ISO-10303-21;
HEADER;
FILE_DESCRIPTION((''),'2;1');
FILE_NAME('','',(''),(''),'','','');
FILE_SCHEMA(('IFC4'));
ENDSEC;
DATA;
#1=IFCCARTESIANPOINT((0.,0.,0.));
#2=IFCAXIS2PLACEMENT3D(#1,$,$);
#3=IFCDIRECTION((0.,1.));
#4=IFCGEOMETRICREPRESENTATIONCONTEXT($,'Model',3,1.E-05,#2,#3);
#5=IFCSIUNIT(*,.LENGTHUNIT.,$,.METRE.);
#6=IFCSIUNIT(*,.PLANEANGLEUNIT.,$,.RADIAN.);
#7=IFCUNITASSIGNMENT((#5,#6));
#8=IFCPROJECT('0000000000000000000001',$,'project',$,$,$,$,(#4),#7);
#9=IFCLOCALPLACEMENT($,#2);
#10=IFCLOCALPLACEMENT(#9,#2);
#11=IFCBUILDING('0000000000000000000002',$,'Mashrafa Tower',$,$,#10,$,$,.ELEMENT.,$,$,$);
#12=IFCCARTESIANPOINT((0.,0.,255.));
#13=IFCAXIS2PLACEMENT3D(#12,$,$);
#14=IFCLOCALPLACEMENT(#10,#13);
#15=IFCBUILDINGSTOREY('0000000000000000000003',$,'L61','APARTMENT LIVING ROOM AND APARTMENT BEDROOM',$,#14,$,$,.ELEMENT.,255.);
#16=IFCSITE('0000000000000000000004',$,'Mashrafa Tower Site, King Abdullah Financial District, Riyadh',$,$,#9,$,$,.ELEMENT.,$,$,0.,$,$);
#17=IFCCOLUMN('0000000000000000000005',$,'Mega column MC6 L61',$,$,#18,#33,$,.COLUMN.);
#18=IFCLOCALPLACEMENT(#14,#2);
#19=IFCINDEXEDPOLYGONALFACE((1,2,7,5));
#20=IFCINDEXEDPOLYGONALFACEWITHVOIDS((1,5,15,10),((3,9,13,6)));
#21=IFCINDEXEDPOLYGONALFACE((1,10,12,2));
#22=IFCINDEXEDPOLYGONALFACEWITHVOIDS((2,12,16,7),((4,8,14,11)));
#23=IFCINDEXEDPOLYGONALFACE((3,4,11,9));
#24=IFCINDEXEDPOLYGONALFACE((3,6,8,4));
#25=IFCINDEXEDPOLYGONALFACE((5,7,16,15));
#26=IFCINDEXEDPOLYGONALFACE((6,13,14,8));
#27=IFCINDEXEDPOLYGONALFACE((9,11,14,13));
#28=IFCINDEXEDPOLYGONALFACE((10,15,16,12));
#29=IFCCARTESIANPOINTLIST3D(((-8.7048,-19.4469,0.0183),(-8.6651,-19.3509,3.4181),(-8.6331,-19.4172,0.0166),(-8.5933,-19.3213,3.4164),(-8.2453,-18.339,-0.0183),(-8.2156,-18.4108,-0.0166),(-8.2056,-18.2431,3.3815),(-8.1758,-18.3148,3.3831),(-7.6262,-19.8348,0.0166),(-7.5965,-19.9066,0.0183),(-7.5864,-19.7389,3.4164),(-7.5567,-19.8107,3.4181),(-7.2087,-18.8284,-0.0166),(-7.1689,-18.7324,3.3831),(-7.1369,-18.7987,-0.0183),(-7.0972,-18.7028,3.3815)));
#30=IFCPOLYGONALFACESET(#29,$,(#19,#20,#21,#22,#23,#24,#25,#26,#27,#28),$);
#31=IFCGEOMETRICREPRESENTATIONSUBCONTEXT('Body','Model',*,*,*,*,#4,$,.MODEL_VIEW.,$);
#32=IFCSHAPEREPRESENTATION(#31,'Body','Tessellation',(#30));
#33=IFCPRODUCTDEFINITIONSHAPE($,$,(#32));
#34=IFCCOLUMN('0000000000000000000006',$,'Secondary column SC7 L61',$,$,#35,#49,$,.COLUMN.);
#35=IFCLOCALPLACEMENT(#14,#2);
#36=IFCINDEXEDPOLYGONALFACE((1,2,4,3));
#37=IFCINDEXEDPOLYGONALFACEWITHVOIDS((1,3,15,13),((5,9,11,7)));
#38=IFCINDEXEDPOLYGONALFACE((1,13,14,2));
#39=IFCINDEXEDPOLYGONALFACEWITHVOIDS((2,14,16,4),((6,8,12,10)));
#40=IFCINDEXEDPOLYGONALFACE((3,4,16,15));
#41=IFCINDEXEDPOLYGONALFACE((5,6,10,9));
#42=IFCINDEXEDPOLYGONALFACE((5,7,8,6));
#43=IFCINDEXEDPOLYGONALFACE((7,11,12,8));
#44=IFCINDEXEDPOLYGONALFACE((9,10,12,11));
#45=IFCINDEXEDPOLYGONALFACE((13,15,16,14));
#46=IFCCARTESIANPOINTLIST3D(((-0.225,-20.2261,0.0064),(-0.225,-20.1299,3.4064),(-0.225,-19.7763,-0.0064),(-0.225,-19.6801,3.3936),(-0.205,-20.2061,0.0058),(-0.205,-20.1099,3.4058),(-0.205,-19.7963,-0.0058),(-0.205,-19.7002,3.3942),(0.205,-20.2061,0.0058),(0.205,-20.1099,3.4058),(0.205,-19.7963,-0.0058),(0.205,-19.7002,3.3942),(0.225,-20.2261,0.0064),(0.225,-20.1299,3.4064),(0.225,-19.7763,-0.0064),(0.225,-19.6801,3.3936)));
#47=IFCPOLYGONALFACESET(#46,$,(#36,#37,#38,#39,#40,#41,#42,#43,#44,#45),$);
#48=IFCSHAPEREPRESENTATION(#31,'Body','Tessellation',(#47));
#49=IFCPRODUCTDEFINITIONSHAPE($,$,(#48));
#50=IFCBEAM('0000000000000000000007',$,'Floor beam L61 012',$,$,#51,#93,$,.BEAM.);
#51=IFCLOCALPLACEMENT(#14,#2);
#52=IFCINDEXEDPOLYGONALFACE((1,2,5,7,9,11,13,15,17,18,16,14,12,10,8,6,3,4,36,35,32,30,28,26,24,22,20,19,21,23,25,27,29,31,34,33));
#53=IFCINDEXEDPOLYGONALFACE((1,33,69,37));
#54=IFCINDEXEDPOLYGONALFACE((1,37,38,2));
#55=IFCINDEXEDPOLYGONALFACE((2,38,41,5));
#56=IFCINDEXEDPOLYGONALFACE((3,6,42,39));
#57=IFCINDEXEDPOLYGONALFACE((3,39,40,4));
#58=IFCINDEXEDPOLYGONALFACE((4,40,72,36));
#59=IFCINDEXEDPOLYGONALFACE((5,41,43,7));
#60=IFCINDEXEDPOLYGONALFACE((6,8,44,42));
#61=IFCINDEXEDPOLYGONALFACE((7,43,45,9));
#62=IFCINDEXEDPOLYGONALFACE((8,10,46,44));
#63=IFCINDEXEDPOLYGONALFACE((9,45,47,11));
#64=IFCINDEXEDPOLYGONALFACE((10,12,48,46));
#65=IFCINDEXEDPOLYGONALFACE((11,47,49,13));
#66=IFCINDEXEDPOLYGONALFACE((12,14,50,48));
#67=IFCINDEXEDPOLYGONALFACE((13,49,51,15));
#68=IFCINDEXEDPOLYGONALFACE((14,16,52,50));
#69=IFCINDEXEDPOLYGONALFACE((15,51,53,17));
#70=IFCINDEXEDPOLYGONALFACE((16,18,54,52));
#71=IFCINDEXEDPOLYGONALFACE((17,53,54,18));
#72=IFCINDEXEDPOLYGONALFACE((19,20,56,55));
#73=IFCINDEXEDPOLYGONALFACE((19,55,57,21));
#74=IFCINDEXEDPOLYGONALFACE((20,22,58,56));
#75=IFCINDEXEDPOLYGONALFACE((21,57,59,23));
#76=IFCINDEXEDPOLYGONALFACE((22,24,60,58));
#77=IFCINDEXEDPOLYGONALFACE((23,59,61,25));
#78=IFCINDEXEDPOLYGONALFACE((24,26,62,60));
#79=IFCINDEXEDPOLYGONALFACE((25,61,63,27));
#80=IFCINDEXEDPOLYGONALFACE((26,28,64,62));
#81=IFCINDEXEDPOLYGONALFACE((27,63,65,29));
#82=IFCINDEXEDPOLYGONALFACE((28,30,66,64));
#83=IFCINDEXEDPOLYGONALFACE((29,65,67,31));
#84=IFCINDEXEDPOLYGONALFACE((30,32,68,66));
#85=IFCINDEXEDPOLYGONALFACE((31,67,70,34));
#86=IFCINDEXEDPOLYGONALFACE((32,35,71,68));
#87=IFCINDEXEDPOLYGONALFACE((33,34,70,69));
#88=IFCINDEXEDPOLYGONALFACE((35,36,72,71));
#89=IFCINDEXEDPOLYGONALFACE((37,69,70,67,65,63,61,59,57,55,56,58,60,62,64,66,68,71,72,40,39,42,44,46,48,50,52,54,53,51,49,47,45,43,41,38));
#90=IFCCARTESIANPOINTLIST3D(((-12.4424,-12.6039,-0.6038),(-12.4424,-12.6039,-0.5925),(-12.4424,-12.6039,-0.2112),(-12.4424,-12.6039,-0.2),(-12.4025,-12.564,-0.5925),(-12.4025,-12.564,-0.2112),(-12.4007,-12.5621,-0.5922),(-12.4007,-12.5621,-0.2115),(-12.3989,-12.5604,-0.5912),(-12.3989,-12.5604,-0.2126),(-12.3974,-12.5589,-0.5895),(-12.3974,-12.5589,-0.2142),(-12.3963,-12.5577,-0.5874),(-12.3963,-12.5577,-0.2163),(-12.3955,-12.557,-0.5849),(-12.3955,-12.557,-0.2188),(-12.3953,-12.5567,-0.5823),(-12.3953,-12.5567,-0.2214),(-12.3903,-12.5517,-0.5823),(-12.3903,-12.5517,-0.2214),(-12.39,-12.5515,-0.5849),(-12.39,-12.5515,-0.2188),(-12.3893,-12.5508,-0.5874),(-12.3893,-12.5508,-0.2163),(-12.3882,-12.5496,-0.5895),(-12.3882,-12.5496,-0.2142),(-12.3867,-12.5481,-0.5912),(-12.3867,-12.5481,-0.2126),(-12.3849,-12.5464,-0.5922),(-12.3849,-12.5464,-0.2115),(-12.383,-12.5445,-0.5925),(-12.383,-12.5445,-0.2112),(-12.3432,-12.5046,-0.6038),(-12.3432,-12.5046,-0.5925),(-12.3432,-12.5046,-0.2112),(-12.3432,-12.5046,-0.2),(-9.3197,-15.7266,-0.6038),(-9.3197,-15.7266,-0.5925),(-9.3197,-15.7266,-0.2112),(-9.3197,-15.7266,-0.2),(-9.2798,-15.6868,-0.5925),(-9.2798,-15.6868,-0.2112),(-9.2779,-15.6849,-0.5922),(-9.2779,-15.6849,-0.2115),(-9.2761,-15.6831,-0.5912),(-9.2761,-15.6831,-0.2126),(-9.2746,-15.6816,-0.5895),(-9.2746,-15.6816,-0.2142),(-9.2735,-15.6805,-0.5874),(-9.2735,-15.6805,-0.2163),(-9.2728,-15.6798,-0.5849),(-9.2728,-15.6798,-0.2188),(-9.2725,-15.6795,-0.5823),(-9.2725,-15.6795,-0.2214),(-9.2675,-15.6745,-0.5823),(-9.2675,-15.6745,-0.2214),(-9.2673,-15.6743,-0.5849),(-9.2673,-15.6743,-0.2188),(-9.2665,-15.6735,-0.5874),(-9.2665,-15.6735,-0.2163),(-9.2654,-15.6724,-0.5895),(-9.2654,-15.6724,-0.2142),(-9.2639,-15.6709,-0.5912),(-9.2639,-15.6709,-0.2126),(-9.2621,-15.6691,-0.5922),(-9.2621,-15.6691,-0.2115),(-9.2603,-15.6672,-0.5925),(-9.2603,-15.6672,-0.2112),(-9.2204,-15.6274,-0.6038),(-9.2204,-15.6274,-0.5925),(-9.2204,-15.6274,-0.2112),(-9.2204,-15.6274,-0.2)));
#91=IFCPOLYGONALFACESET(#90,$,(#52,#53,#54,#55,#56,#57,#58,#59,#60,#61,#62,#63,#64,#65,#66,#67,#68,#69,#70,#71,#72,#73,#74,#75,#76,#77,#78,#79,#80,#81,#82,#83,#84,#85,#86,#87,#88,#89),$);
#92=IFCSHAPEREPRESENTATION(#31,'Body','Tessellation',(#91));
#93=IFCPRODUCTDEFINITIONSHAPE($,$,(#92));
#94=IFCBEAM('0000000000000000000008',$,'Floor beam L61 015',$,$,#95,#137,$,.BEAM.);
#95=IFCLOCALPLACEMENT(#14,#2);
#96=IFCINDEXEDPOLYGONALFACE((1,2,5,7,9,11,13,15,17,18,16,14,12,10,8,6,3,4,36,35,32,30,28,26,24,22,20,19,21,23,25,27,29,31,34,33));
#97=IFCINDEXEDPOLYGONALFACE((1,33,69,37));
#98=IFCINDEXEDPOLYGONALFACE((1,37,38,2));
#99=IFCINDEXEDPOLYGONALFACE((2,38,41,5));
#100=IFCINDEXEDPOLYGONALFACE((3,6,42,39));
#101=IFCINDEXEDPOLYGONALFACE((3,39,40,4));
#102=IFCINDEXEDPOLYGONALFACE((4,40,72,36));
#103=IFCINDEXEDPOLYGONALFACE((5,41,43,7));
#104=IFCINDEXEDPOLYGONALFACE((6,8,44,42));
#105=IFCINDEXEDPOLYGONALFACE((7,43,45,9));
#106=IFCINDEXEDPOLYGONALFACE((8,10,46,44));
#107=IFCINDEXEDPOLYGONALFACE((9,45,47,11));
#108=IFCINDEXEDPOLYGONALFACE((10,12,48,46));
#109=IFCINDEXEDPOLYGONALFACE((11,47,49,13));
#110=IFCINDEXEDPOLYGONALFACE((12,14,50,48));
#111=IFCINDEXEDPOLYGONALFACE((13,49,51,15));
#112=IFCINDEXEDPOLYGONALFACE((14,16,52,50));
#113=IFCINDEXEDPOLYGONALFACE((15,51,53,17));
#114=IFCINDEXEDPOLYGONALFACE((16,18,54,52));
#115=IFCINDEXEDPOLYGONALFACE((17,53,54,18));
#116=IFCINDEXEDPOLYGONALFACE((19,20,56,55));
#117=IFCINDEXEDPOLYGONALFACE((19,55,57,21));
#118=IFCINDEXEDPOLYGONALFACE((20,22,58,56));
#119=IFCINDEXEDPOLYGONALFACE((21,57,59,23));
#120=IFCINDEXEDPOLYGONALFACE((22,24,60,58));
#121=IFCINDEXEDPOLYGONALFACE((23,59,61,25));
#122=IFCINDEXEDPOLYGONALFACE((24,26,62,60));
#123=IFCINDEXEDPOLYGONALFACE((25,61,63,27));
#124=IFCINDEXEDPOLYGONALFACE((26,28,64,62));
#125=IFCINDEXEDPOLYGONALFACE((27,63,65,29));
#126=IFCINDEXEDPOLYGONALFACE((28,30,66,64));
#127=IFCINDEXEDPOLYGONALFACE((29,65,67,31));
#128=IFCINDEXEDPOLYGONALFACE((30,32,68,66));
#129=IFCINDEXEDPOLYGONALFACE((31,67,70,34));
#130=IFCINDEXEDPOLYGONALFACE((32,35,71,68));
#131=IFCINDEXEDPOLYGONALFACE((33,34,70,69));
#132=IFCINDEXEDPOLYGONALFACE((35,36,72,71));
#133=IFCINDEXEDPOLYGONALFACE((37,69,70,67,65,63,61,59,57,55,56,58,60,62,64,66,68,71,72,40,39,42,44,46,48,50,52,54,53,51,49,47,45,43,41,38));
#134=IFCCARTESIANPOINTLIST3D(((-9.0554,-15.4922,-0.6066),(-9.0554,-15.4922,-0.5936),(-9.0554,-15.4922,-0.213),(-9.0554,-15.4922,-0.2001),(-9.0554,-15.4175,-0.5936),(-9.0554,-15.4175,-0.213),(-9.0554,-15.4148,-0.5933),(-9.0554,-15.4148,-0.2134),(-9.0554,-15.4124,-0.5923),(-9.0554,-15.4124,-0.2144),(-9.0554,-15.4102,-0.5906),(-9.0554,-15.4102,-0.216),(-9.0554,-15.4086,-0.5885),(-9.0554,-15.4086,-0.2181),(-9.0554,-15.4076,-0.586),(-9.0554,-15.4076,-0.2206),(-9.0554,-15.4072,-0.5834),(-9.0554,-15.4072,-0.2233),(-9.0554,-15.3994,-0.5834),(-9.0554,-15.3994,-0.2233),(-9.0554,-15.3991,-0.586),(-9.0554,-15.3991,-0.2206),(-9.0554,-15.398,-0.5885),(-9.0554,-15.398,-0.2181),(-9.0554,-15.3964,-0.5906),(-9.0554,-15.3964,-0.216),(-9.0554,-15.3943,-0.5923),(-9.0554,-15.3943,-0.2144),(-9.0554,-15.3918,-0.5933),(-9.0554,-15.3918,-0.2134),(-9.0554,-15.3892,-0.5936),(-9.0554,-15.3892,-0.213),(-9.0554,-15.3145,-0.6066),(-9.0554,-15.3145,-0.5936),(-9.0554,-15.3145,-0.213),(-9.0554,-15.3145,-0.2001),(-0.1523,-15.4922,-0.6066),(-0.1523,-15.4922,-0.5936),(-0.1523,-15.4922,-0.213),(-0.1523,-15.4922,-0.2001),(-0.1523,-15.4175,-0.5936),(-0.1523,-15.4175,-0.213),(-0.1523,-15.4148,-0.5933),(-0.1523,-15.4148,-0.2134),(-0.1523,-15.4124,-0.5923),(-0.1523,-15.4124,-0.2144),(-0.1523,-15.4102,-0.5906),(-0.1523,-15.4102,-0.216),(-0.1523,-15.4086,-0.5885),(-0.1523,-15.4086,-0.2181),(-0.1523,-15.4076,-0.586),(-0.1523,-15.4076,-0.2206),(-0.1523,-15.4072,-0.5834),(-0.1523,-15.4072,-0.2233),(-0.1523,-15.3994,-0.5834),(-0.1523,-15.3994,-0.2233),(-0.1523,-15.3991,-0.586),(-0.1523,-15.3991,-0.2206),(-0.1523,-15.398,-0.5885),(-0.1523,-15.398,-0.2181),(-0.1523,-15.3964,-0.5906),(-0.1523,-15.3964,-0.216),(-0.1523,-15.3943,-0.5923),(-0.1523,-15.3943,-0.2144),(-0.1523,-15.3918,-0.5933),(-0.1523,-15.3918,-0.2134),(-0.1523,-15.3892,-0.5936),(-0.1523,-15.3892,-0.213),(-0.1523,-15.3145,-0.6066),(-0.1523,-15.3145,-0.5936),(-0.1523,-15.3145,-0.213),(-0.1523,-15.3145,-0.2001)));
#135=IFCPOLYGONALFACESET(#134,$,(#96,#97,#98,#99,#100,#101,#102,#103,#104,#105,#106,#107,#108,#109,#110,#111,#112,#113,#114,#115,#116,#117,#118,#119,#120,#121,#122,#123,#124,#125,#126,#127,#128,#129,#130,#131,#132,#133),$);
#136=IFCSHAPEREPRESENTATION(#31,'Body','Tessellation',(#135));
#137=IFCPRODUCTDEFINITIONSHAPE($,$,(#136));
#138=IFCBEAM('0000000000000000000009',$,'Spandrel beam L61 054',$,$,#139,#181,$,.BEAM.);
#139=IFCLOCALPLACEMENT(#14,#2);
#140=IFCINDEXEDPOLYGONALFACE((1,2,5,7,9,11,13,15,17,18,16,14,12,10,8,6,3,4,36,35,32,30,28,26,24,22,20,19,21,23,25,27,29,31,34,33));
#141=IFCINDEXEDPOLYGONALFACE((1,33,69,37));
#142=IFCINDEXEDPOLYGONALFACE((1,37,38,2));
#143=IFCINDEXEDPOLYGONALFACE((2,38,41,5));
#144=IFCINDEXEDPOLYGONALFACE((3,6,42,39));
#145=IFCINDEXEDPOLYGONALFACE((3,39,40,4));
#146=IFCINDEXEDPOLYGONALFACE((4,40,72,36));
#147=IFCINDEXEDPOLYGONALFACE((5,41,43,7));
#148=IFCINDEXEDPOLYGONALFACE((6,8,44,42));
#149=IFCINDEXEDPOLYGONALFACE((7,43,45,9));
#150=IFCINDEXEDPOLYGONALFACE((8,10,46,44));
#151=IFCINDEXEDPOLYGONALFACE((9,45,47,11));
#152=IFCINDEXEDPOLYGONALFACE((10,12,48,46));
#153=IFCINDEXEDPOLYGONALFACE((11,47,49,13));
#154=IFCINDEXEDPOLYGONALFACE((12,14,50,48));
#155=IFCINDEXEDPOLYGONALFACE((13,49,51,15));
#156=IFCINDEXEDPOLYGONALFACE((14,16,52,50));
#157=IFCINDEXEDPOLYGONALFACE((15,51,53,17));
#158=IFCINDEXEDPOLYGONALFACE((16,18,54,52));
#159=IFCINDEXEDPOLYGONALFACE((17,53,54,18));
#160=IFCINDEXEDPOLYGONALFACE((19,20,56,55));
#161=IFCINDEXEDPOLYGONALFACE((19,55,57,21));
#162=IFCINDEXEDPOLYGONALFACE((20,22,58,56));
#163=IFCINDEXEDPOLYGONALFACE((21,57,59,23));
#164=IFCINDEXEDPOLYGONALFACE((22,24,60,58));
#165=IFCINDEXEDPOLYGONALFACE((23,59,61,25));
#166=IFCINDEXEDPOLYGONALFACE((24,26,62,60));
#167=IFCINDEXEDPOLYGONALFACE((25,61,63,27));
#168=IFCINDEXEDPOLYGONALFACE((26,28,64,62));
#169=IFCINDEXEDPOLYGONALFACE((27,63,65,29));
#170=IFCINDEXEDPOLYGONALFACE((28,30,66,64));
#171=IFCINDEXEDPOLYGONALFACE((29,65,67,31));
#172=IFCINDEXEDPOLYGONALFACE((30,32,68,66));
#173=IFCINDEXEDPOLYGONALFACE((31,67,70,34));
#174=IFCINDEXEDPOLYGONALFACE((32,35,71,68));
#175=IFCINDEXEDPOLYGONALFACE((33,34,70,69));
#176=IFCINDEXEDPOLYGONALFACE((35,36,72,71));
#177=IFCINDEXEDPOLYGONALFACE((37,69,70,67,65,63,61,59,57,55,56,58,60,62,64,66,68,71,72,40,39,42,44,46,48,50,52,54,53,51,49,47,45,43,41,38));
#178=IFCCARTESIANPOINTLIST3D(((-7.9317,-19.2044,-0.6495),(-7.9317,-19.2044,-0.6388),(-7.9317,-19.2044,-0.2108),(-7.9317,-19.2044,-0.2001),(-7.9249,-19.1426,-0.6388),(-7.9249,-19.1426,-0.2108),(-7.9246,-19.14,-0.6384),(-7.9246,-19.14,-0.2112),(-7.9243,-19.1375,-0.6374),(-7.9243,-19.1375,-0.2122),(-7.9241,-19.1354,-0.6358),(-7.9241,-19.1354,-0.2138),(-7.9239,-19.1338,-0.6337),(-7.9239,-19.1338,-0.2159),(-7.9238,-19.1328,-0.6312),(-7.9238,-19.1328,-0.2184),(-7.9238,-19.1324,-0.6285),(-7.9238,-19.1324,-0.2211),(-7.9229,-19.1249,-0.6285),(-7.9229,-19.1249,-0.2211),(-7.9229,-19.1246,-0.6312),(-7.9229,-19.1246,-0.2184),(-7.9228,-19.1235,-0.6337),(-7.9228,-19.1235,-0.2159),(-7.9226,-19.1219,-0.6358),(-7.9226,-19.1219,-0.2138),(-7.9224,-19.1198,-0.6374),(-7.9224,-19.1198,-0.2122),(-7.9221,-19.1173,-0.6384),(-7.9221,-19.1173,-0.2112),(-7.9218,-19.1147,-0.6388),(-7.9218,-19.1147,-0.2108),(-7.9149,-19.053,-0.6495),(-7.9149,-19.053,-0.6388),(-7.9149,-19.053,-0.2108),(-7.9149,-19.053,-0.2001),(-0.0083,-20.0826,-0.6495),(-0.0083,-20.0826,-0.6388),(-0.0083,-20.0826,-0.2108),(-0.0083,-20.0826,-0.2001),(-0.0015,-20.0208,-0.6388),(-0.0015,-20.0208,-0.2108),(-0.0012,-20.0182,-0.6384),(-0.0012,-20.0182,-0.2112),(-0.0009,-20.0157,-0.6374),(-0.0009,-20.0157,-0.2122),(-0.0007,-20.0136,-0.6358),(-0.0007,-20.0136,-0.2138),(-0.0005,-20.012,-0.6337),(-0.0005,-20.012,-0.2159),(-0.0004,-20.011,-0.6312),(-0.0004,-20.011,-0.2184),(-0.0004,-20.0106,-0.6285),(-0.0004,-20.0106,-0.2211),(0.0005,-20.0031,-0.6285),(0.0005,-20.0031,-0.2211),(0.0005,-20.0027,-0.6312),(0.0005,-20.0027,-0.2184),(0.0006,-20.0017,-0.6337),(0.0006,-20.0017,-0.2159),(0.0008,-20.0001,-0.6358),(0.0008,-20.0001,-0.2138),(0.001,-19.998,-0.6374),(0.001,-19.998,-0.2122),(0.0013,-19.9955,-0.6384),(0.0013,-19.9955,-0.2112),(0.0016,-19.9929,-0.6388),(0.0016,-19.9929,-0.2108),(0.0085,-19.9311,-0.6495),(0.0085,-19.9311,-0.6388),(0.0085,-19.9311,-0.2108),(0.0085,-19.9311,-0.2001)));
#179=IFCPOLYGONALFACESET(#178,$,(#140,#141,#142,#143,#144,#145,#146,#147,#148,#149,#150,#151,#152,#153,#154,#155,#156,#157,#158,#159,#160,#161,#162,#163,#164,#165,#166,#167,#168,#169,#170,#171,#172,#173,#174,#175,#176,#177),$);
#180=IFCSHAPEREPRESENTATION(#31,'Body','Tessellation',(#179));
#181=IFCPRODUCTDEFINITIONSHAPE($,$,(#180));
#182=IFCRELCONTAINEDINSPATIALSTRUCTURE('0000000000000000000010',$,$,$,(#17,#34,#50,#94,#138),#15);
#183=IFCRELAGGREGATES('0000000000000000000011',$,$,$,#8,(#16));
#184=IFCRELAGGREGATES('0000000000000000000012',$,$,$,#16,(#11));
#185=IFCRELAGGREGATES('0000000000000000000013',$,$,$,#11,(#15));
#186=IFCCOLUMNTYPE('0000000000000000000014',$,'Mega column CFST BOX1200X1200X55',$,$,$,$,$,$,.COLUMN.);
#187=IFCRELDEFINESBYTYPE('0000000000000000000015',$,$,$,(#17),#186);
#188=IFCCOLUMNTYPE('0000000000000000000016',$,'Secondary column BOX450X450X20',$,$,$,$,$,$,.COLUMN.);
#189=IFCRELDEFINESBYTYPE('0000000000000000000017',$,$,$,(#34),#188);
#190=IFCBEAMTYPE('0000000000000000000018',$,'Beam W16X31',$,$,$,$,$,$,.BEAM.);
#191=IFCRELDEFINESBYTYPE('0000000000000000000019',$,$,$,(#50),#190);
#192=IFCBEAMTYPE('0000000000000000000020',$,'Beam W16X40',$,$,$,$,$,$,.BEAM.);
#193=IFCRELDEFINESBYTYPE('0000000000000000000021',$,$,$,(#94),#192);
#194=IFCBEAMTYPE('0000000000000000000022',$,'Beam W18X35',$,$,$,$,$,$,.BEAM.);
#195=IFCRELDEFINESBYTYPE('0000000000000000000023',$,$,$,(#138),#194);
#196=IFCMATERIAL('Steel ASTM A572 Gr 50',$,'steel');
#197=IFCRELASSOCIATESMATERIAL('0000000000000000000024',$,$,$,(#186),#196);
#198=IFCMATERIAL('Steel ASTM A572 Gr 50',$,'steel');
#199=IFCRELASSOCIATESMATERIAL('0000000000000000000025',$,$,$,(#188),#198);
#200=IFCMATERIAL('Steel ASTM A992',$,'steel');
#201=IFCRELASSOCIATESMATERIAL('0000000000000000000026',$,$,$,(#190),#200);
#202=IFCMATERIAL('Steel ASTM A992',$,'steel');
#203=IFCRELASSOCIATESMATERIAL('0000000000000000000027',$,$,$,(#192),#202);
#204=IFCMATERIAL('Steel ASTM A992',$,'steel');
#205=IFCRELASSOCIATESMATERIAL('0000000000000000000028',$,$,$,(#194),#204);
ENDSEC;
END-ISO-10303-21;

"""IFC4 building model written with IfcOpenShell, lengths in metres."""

from ifc_helpers import new_model, si_unit, direction, frame, origin, origin_2d, place, context, subcontext, project, spatial, hollow_rectangle, i_section, extrude, material, material_profile, profile_set, type_object, element, save


model = new_model("IFC4")

# Units and contexts
model_context = context("Model", 3, precision=1e-05, world=origin(), true_north=direction((0.0, 1.0)))
body_context = subcontext(model_context, "Body", "Model", "MODEL_VIEW")
ifc_project = project(units=[si_unit("LENGTHUNIT", "METRE"), si_unit("PLANEANGLEUNIT", "RADIAN")], contexts=[model_context])

# Site, building, storey
site_placement = place(None, origin())
site = spatial("IfcSite", under=ifc_project, at=site_placement, Name="Mashrafa Tower Site, King Abdullah Financial District, Riyadh", CompositionType="ELEMENT", RefElevation=0.0)
building_placement = place(site_placement, origin())
building = spatial("IfcBuilding", under=site, at=building_placement, Name="Mashrafa Tower", CompositionType="ELEMENT")
storey_placement = place(building_placement, frame((0.0, 0.0, 255.0)))
storey = spatial("IfcBuildingStorey", under=building, at=storey_placement, Name="L61", Description="APARTMENT LIVING ROOM AND APARTMENT BEDROOM", CompositionType="ELEMENT", Elevation=255.0)

# Columns
ifc_material_1 = material(Name="Steel ASTM A572 Gr 50", Category="steel")
ifc_material_profile_1 = material_profile(ifc_material_1, hollow_rectangle(XDim=1.2, YDim=1.2, WallThickness=0.0549, at=origin_2d()), Name="BOX1200X1200X55")
ifc_profile_set_1 = profile_set([ifc_material_profile_1], Name="Steel ASTM A572 Gr 50")
column_type_1 = type_object("IfcColumnType", Name="Mega column CFST BOX1200X1200X55", PredefinedType="COLUMN", material=ifc_profile_set_1)
column_1_placement = place(storey_placement, frame((-7.9209, -19.1228, 0.0), z_axis=(0.011699, 0.028207, 0.999534), x_axis=(-0.923702, 0.383113, 0.0)))
element("IfcColumn", 1, at=column_1_placement, inside=storey, type_object=column_type_1, Name="Mega column MC6 L61", PredefinedType="COLUMN", context=body_context, shape_type="SweptSolid", body=[
    extrude(hollow_rectangle(XDim=1.2, YDim=1.2, WallThickness=0.0549, at=origin_2d()), origin(), (0.0, 0.0, 1.0), 3.4014),
])
ifc_material_2 = material(Name="Steel ASTM A572 Gr 50", Category="steel")
ifc_material_profile_2 = material_profile(ifc_material_2, hollow_rectangle(XDim=0.45, YDim=0.45, WallThickness=0.02, at=origin_2d()), Name="BOX450X450X20")
ifc_profile_set_2 = profile_set([ifc_material_profile_2], Name="Steel ASTM A572 Gr 50")
column_type_2 = type_object("IfcColumnType", Name="Secondary column BOX450X450X20", PredefinedType="COLUMN", material=ifc_profile_set_2)
column_2_placement = place(storey_placement, frame((0.0, -20.0012, 0.0), z_axis=(0.0, 0.028281, 0.9996), x_axis=(-1.0, 0.0, 0.0)))
element("IfcColumn", 2, at=column_2_placement, inside=storey, type_object=column_type_2, Name="Secondary column SC7 L61", PredefinedType="COLUMN", context=body_context, shape_type="SweptSolid", body=[
    extrude(hollow_rectangle(XDim=0.45, YDim=0.45, WallThickness=0.02, at=origin_2d()), origin(), (0.0, 0.0, 1.0), 3.4014),
])

# Beams
ifc_material_3 = material(Name="Steel ASTM A992", Category="steel")
ifc_material_profile_3 = material_profile(ifc_material_3, i_section(OverallWidth=0.1404, OverallDepth=0.4038, WebThickness=0.0071, FlangeThickness=0.0112, FilletRadius=0.0103, at=origin_2d()), Name="W16X31")
ifc_profile_set_3 = profile_set([ifc_material_profile_3], Name="Steel ASTM A992")
beam_type_1 = type_object("IfcBeamType", Name="Beam W16X31", PredefinedType="BEAM", material=ifc_profile_set_3)
beam_1_placement = place(storey_placement, frame((-9.27, -15.677, -0.4019), z_axis=(-0.707107, 0.707107, 0.0), x_axis=(-0.707107, -0.707107, 0.0)))
element("IfcBeam", 3, at=beam_1_placement, inside=storey, type_object=beam_type_1, Name="Floor beam L61 012", PredefinedType="BEAM", context=body_context, shape_type="SweptSolid", body=[
    extrude(i_section(OverallWidth=0.1404, OverallDepth=0.4038, WebThickness=0.0071, FlangeThickness=0.0112, FilletRadius=0.0103, at=origin_2d()), origin(), (0.0, 0.0, 1.0), 4.4163),
])
ifc_material_4 = material(Name="Steel ASTM A992", Category="steel")
ifc_material_profile_4 = material_profile(ifc_material_4, i_section(OverallWidth=0.1777, OverallDepth=0.4065, WebThickness=0.0078, FlangeThickness=0.0129, FilletRadius=0.0103, at=origin_2d()), Name="W16X40")
ifc_profile_set_4 = profile_set([ifc_material_profile_4], Name="Steel ASTM A992")
beam_type_2 = type_object("IfcBeamType", Name="Beam W16X40", PredefinedType="BEAM", material=ifc_profile_set_4)
beam_2_placement = place(storey_placement, frame((-0.1523, -15.4033, -0.4033), z_axis=(-1.0, 0.0, 0.0), x_axis=(0.0, -1.0, 0.0)))
element("IfcBeam", 4, at=beam_2_placement, inside=storey, type_object=beam_type_2, Name="Floor beam L61 015", PredefinedType="BEAM", context=body_context, shape_type="SweptSolid", body=[
    extrude(i_section(OverallWidth=0.1777, OverallDepth=0.4065, WebThickness=0.0078, FlangeThickness=0.0129, FilletRadius=0.0103, at=origin_2d()), origin(), (0.0, 0.0, 1.0), 8.9031),
])
ifc_material_5 = material(Name="Steel ASTM A992", Category="steel")
ifc_material_profile_5 = material_profile(ifc_material_5, i_section(OverallWidth=0.1523, OverallDepth=0.4495, WebThickness=0.0076, FlangeThickness=0.0107, FilletRadius=0.0103, at=origin_2d()), Name="W18X35")
ifc_profile_set_5 = profile_set([ifc_material_profile_5], Name="Steel ASTM A992")
beam_type_3 = type_object("IfcBeamType", Name="Beam W18X35", PredefinedType="BEAM", material=ifc_profile_set_5)
beam_3_placement = place(storey_placement, frame((-7.9233, -19.1287, -0.4248), z_axis=(0.993914, -0.110159, 0.0), x_axis=(0.110159, 0.993914, 0.0)))
element("IfcBeam", 5, at=beam_3_placement, inside=storey, type_object=beam_type_3, Name="Spandrel beam L61 054", PredefinedType="BEAM", context=body_context, shape_type="SweptSolid", body=[
    extrude(i_section(OverallWidth=0.1523, OverallDepth=0.4495, WebThickness=0.0076, FlangeThickness=0.0107, FilletRadius=0.0103, at=origin_2d()), origin(), (0.0, 0.0, 1.0), 7.9719),
])

save(model, "model.ifc")
